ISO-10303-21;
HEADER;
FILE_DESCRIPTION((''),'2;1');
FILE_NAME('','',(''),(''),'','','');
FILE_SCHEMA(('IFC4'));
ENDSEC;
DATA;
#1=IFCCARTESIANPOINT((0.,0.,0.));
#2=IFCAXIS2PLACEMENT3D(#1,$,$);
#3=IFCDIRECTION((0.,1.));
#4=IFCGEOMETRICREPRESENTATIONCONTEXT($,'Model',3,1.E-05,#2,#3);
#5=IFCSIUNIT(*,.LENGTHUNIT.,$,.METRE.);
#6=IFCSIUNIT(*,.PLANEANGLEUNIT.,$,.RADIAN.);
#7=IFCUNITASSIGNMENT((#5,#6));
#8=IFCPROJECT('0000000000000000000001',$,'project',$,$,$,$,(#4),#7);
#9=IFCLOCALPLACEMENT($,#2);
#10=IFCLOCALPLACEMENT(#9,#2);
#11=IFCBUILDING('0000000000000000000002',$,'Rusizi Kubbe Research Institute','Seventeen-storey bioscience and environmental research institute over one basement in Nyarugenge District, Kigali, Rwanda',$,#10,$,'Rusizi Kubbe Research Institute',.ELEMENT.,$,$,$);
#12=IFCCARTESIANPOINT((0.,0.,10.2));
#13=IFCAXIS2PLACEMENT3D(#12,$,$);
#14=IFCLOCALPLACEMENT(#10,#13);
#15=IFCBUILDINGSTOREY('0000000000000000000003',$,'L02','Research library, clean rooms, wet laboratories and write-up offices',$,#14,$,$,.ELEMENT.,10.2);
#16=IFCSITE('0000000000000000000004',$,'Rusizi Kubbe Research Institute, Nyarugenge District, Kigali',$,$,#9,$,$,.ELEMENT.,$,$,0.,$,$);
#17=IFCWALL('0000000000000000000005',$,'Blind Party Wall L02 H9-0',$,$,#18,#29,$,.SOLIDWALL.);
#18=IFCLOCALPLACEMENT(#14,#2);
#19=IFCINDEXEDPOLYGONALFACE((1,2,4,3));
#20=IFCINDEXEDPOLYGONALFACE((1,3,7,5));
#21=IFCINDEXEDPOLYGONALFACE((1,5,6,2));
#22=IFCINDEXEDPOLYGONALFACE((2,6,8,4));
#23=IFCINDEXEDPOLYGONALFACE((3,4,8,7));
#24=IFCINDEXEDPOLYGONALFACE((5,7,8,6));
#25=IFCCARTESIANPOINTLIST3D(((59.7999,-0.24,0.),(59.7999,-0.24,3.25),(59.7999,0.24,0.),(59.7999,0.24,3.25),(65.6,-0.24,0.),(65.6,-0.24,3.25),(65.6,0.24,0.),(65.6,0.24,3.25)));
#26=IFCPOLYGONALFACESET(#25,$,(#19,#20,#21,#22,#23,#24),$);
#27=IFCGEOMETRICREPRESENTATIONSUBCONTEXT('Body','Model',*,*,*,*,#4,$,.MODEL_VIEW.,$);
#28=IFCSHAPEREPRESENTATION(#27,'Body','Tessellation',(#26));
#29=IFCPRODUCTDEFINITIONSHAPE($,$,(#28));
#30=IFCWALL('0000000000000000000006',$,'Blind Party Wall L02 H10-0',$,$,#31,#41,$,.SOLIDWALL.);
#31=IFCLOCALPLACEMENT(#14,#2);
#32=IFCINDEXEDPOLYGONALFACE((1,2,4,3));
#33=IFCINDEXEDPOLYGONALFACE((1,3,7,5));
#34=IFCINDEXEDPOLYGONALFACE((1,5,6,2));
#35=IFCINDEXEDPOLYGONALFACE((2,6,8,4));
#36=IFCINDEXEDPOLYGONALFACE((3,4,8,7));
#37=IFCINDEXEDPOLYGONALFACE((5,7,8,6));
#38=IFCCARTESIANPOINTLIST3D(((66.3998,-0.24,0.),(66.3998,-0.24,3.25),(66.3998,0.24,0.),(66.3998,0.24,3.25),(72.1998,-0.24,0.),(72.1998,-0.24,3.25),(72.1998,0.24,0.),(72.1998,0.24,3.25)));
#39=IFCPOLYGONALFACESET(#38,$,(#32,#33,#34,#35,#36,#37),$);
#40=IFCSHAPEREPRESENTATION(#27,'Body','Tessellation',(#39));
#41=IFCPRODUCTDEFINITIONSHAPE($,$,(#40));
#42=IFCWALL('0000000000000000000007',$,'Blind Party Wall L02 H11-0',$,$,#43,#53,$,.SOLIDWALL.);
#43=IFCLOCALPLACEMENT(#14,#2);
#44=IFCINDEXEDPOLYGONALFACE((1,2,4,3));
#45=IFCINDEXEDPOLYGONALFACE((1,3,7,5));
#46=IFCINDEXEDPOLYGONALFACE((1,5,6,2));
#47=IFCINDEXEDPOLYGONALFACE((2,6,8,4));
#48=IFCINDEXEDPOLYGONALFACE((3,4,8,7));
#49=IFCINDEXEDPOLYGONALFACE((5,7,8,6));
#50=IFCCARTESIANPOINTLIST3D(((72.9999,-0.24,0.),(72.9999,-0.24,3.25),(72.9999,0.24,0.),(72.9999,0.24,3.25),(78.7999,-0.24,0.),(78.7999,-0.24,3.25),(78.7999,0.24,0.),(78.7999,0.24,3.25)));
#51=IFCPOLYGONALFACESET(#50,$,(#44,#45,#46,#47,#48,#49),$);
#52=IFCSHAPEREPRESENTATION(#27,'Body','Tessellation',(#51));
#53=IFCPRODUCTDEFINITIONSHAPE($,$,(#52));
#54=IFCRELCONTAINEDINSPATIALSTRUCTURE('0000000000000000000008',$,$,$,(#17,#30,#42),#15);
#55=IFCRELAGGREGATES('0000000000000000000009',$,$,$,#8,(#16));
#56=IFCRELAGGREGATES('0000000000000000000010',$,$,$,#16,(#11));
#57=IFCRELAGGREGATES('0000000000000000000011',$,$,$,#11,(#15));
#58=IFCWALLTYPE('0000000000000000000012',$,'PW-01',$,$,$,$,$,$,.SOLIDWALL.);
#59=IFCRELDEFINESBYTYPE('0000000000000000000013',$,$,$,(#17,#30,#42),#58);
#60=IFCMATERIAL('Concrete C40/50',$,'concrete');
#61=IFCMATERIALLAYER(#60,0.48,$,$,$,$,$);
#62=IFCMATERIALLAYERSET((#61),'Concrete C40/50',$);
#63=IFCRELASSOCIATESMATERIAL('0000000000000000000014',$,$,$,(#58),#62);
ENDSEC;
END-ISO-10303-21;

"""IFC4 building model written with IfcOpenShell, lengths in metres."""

from ifc_helpers import new_model, si_unit, direction, frame, frame_2d, origin, place, context, subcontext, project, spatial, rectangle, extrude, material, layer, layer_set, type_object, element, save


model = new_model("IFC4")

# Units and contexts
model_context = context("Model", 3, precision=1e-05, world=origin(), true_north=direction((0.0, 1.0)))
body_context = subcontext(model_context, "Body", "Model", "MODEL_VIEW")
ifc_project = project(units=[si_unit("LENGTHUNIT", "METRE"), si_unit("PLANEANGLEUNIT", "RADIAN")], contexts=[model_context])

# Site, building, storey
site_placement = place(None, origin())
site = spatial("IfcSite", under=ifc_project, at=site_placement, Name="Rusizi Kubbe Research Institute, Nyarugenge District, Kigali", CompositionType="ELEMENT", RefElevation=0.0)
building_placement = place(site_placement, origin())
building = spatial("IfcBuilding", under=site, at=building_placement, Name="Rusizi Kubbe Research Institute", Description="Seventeen-storey bioscience and environmental research institute over one basement in Nyarugenge District, Kigali, Rwanda", LongName="Rusizi Kubbe Research Institute", CompositionType="ELEMENT")
storey_placement = place(building_placement, frame((0.0, 0.0, 10.2)))
storey = spatial("IfcBuildingStorey", under=building, at=storey_placement, Name="L02", Description="Research library, clean rooms, wet laboratories and write-up offices", CompositionType="ELEMENT", Elevation=10.2)

# Walls
ifc_material_1 = material(Name="Concrete C40/50", Category="concrete")
ifc_layer_1 = layer(ifc_material_1, 0.48)
ifc_layer_set_1 = layer_set([ifc_layer_1], Name="Concrete C40/50")
wall_type_1 = type_object("IfcWallType", Name="PW-01", PredefinedType="SOLIDWALL", material=ifc_layer_set_1)
for number, where, z_axis, x_axis, name in (
    (1, (59.8, 0.0, 0.0), (0.0, 0.0, 1.0), (1.0, 0.0, 0.0), "Blind Party Wall L02 H9-0"),
    (2, (66.3999, 0.0, 0.0), (0.0, 0.0, 1.0), (1.0, 0.0, 0.0), "Blind Party Wall L02 H10-0"),
    (3, (73.0, 0.0, 0.0), (0.0, 0.0, 1.0), (1.0, 0.0, 0.0), "Blind Party Wall L02 H11-0"),
):
    element("IfcWall", number, at=place(storey_placement, frame(where, z_axis=z_axis, x_axis=x_axis)), inside=storey, type_object=wall_type_1, Name=name, PredefinedType="SOLIDWALL", context=body_context, shape_type="SweptSolid", body=[
        extrude(rectangle(XDim=5.8, YDim=0.48, at=frame_2d((2.8999, 0.0))), origin(), (0.0, 0.0, 1.0), 3.25),
    ])

save(model, "model.ifc")
